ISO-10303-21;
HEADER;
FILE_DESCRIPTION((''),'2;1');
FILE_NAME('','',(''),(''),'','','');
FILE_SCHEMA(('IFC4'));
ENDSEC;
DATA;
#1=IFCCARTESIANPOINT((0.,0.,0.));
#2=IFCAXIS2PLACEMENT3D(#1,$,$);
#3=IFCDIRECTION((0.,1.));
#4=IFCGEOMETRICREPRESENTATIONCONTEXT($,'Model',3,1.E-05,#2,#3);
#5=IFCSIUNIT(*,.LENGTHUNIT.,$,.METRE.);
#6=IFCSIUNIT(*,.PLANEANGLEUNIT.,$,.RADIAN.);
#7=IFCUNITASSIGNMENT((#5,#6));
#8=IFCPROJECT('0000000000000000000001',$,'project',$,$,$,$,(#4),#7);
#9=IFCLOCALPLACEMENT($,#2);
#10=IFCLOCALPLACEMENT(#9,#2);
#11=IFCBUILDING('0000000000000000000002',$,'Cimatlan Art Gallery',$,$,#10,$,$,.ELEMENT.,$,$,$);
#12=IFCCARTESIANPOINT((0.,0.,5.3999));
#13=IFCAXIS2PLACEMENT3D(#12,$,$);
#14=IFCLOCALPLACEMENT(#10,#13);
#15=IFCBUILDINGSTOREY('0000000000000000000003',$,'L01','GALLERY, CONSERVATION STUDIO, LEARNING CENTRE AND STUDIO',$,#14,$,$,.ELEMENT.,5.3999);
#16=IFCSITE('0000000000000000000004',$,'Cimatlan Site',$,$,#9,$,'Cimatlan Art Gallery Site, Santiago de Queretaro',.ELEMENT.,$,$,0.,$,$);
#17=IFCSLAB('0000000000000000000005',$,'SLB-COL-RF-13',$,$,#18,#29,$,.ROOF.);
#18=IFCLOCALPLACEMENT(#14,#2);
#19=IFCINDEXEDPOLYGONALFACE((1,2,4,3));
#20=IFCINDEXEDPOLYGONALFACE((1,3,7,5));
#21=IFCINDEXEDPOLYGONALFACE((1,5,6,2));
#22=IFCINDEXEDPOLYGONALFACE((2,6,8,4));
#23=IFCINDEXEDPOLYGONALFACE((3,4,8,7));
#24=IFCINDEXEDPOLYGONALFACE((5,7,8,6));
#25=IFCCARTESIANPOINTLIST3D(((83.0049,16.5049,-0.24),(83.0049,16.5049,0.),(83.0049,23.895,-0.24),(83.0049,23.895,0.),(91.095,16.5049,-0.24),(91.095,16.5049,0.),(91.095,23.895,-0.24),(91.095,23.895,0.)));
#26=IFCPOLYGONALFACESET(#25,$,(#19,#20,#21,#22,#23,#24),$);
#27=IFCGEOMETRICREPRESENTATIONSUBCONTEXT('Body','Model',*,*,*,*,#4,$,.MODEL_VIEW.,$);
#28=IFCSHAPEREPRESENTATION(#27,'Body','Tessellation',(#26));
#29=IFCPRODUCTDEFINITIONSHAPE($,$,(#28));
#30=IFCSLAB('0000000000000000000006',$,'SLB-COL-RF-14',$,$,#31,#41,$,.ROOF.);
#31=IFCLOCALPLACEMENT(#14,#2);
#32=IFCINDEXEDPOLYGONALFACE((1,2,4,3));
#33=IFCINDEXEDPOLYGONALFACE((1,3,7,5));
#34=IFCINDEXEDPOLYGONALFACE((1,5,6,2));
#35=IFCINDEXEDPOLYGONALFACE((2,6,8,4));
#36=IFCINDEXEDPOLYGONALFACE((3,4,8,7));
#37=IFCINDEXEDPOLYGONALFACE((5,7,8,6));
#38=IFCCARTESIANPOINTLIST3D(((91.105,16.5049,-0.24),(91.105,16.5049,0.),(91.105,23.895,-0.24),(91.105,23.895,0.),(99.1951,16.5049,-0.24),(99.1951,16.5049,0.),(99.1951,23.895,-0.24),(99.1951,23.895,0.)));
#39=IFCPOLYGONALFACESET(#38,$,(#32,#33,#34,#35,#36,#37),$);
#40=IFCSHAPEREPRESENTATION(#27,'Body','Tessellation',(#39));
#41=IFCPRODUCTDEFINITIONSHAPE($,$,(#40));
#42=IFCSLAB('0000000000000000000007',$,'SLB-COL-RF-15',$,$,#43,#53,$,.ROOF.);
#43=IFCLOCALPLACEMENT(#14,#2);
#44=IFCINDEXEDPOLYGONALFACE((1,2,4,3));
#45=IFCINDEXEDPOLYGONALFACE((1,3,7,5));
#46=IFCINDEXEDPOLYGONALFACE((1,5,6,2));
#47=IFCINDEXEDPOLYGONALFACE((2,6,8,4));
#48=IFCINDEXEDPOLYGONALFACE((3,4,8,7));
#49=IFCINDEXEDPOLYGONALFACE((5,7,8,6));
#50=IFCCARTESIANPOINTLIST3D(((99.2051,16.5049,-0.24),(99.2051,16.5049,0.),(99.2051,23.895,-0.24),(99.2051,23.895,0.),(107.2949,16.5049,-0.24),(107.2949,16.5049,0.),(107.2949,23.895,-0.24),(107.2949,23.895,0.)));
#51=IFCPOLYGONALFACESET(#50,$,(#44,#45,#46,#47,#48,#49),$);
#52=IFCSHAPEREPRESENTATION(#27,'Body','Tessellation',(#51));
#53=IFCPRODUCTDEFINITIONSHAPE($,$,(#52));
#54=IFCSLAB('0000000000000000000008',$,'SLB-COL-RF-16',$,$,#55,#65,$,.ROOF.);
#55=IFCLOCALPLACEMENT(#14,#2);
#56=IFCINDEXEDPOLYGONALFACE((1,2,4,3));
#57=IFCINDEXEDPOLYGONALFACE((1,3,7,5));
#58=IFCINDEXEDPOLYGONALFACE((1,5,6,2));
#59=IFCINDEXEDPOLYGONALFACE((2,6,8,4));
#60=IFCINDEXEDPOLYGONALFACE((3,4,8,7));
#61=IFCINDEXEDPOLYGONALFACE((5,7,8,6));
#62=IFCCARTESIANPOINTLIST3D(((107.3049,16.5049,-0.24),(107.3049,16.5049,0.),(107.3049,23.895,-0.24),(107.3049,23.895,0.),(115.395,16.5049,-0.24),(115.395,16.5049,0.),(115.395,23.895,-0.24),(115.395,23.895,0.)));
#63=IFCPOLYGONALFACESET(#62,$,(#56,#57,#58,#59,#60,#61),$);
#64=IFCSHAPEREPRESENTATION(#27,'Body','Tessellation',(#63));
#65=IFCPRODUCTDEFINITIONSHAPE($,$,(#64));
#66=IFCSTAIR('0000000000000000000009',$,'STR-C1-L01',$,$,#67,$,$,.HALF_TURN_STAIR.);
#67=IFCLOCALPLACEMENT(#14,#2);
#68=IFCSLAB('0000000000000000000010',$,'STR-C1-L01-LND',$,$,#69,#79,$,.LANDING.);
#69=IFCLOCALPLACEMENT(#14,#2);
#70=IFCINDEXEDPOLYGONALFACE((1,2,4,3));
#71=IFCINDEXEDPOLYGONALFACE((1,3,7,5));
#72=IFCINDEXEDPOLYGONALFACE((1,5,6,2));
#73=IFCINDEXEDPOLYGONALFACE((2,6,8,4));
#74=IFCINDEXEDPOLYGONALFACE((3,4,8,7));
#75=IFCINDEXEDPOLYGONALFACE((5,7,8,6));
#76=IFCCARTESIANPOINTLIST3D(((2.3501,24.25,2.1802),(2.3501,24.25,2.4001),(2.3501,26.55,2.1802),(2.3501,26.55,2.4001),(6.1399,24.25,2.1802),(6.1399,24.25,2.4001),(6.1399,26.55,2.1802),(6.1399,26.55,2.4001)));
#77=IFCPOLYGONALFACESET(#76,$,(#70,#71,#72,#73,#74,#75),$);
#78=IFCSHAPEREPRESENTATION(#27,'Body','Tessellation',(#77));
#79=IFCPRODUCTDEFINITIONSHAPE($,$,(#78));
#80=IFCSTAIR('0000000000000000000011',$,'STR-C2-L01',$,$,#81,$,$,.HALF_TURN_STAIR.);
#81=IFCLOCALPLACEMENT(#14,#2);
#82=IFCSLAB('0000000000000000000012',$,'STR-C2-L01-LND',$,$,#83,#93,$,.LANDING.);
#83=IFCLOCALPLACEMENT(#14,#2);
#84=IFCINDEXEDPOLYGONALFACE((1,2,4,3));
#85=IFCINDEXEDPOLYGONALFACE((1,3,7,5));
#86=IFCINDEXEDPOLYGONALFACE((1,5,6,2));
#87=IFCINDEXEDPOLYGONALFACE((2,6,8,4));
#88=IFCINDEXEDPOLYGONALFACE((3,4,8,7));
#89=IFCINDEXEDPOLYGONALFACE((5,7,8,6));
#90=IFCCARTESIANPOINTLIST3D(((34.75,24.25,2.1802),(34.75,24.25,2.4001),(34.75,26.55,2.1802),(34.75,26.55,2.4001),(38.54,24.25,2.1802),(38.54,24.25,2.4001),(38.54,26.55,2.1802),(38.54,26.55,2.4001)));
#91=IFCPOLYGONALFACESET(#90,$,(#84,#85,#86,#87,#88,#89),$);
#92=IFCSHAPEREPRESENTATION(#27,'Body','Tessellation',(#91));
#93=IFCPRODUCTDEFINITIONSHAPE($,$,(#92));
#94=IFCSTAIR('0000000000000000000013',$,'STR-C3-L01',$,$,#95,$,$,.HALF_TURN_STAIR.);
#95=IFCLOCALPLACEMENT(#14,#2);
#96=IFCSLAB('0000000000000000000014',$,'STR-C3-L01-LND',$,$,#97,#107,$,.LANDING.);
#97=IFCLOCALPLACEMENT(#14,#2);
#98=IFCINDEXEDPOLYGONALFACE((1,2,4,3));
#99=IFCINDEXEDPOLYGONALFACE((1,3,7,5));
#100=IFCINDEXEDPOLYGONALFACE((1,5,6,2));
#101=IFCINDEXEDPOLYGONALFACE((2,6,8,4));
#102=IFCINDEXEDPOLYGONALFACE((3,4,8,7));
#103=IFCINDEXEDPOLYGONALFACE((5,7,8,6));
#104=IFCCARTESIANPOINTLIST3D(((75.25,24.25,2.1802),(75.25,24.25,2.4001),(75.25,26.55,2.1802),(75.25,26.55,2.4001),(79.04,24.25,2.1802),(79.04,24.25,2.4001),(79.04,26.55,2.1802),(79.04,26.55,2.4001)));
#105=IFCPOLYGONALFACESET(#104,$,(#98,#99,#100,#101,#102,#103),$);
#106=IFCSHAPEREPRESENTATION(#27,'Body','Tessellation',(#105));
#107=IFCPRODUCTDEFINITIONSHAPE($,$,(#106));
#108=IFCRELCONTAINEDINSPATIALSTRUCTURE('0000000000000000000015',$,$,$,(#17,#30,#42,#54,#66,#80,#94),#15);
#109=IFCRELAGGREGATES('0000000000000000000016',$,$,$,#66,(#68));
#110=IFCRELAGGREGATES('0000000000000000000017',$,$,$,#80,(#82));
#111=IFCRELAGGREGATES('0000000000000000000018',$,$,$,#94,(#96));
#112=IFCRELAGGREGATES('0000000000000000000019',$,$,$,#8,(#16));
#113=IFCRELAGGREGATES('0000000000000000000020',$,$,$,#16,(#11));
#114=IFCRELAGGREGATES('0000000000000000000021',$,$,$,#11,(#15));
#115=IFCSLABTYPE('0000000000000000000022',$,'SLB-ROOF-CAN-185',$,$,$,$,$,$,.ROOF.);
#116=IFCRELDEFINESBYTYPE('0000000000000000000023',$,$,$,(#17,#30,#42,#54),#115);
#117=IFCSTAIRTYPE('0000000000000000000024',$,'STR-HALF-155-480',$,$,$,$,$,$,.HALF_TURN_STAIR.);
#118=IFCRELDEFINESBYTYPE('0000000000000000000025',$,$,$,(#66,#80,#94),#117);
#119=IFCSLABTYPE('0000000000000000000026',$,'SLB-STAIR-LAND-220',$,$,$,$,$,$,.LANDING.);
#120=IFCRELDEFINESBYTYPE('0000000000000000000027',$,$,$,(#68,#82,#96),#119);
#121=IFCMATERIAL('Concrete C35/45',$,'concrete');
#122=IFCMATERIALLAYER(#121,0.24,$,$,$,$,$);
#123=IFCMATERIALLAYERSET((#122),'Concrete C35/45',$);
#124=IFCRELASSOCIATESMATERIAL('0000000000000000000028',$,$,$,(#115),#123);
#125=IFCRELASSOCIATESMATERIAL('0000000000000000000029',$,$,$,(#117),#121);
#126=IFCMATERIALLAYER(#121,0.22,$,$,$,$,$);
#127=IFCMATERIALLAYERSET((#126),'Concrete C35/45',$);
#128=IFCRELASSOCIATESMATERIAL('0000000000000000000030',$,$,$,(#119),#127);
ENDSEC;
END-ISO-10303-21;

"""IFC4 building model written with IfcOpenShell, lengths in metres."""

from ifc_helpers import new_model, si_unit, direction, frame, origin, place, context, subcontext, project, spatial, polyline, outline, extrude, material, layer, layer_set, type_object, element, aggregate, save


model = new_model("IFC4")

# Units and contexts
model_context = context("Model", 3, precision=1e-05, world=origin(), true_north=direction((0.0, 1.0)))
body_context = subcontext(model_context, "Body", "Model", "MODEL_VIEW")
ifc_project = project(units=[si_unit("LENGTHUNIT", "METRE"), si_unit("PLANEANGLEUNIT", "RADIAN")], contexts=[model_context])

# Site, building, storey
site_placement = place(None, origin())
site = spatial("IfcSite", under=ifc_project, at=site_placement, Name="Cimatlan Site", LongName="Cimatlan Art Gallery Site, Santiago de Queretaro", CompositionType="ELEMENT", RefElevation=0.0)
building_placement = place(site_placement, origin())
building = spatial("IfcBuilding", under=site, at=building_placement, Name="Cimatlan Art Gallery", CompositionType="ELEMENT")
storey_placement = place(building_placement, frame((0.0, 0.0, 5.3999)))
storey = spatial("IfcBuildingStorey", under=building, at=storey_placement, Name="L01", Description="GALLERY, CONSERVATION STUDIO, LEARNING CENTRE AND STUDIO", CompositionType="ELEMENT", Elevation=5.3999)

# Shared definitions
ifc_material_1 = material(Name="Concrete C35/45", Category="concrete")

# Slabs
ifc_layer_1 = layer(ifc_material_1, 0.24)
ifc_layer_set_1 = layer_set([ifc_layer_1], Name="Concrete C35/45")
slab_type_1 = type_object("IfcSlabType", Name="SLB-ROOF-CAN-185", PredefinedType="ROOF", material=ifc_layer_set_1)
slab_1_placement = place(storey_placement, frame((0.0, 0.0, -0.24)))
element("IfcSlab", 1, at=slab_1_placement, inside=storey, type_object=slab_type_1, Name="SLB-COL-RF-13", PredefinedType="ROOF", context=body_context, shape_type="SweptSolid", body=[
    extrude(outline(polyline([(83.0049, 16.5049), (91.095, 16.5049), (91.095, 23.895), (83.0049, 23.895), (83.0049, 16.5049)])), origin(), (0.0, 0.0, 1.0), 0.24),
])
slab_2_placement = place(storey_placement, frame((0.0, 0.0, -0.24)))
element("IfcSlab", 2, at=slab_2_placement, inside=storey, type_object=slab_type_1, Name="SLB-COL-RF-14", PredefinedType="ROOF", context=body_context, shape_type="SweptSolid", body=[
    extrude(outline(polyline([(91.105, 16.5049), (99.1951, 16.5049), (99.1951, 23.895), (91.105, 23.895), (91.105, 16.5049)])), origin(), (0.0, 0.0, 1.0), 0.24),
])
slab_3_placement = place(storey_placement, frame((0.0, 0.0, -0.24)))
element("IfcSlab", 3, at=slab_3_placement, inside=storey, type_object=slab_type_1, Name="SLB-COL-RF-15", PredefinedType="ROOF", context=body_context, shape_type="SweptSolid", body=[
    extrude(outline(polyline([(99.2051, 16.5049), (107.2949, 16.5049), (107.2949, 23.895), (99.2051, 23.895), (99.2051, 16.5049)])), origin(), (0.0, 0.0, 1.0), 0.24),
])
slab_4_placement = place(storey_placement, frame((0.0, 0.0, -0.24)))
element("IfcSlab", 4, at=slab_4_placement, inside=storey, type_object=slab_type_1, Name="SLB-COL-RF-16", PredefinedType="ROOF", context=body_context, shape_type="SweptSolid", body=[
    extrude(outline(polyline([(107.3049, 16.5049), (115.395, 16.5049), (115.395, 23.895), (107.3049, 23.895), (107.3049, 16.5049)])), origin(), (0.0, 0.0, 1.0), 0.24),
])

# Stairs, slabs
stair_type = type_object("IfcStairType", Name="STR-HALF-155-480", PredefinedType="HALF_TURN_STAIR", material=ifc_material_1)
stair_1_placement = place(storey_placement, origin())
stair_1 = element("IfcStair", 5, at=stair_1_placement, inside=storey, type_object=stair_type, Name="STR-C1-L01", PredefinedType="HALF_TURN_STAIR")
ifc_layer_2 = layer(ifc_material_1, 0.22)
ifc_layer_set_2 = layer_set([ifc_layer_2], Name="Concrete C35/45")
slab_type_2 = type_object("IfcSlabType", Name="SLB-STAIR-LAND-220", PredefinedType="LANDING", material=ifc_layer_set_2)
slab_5_placement = place(storey_placement, frame((0.0, 0.0, 2.1802)))
slab_5 = element("IfcSlab", 6, at=slab_5_placement, type_object=slab_type_2, Name="STR-C1-L01-LND", PredefinedType="LANDING", context=body_context, shape_type="SweptSolid", body=[
    extrude(outline(polyline([(2.3501, 24.25), (6.1399, 24.25), (6.1399, 26.55), (2.3501, 26.55), (2.3501, 24.25)])), origin(), (0.0, 0.0, 1.0), 0.22),
])
aggregate(stair_1, [slab_5])
stair_2_placement = place(storey_placement, origin())
stair_2 = element("IfcStair", 7, at=stair_2_placement, inside=storey, type_object=stair_type, Name="STR-C2-L01", PredefinedType="HALF_TURN_STAIR")
slab_6_placement = place(storey_placement, frame((0.0, 0.0, 2.1802)))
slab_6 = element("IfcSlab", 8, at=slab_6_placement, type_object=slab_type_2, Name="STR-C2-L01-LND", PredefinedType="LANDING", context=body_context, shape_type="SweptSolid", body=[
    extrude(outline(polyline([(34.75, 24.25), (38.54, 24.25), (38.54, 26.55), (34.75, 26.55), (34.75, 24.25)])), origin(), (0.0, 0.0, 1.0), 0.22),
])
aggregate(stair_2, [slab_6])
stair_3_placement = place(storey_placement, origin())
stair_3 = element("IfcStair", 9, at=stair_3_placement, inside=storey, type_object=stair_type, Name="STR-C3-L01", PredefinedType="HALF_TURN_STAIR")
slab_7_placement = place(storey_placement, frame((0.0, 0.0, 2.1802)))
slab_7 = element("IfcSlab", 10, at=slab_7_placement, type_object=slab_type_2, Name="STR-C3-L01-LND", PredefinedType="LANDING", context=body_context, shape_type="SweptSolid", body=[
    extrude(outline(polyline([(75.25, 24.25), (79.04, 24.25), (79.04, 26.55), (75.25, 26.55), (75.25, 24.25)])), origin(), (0.0, 0.0, 1.0), 0.22),
])
aggregate(stair_3, [slab_7])

save(model, "model.ifc")
